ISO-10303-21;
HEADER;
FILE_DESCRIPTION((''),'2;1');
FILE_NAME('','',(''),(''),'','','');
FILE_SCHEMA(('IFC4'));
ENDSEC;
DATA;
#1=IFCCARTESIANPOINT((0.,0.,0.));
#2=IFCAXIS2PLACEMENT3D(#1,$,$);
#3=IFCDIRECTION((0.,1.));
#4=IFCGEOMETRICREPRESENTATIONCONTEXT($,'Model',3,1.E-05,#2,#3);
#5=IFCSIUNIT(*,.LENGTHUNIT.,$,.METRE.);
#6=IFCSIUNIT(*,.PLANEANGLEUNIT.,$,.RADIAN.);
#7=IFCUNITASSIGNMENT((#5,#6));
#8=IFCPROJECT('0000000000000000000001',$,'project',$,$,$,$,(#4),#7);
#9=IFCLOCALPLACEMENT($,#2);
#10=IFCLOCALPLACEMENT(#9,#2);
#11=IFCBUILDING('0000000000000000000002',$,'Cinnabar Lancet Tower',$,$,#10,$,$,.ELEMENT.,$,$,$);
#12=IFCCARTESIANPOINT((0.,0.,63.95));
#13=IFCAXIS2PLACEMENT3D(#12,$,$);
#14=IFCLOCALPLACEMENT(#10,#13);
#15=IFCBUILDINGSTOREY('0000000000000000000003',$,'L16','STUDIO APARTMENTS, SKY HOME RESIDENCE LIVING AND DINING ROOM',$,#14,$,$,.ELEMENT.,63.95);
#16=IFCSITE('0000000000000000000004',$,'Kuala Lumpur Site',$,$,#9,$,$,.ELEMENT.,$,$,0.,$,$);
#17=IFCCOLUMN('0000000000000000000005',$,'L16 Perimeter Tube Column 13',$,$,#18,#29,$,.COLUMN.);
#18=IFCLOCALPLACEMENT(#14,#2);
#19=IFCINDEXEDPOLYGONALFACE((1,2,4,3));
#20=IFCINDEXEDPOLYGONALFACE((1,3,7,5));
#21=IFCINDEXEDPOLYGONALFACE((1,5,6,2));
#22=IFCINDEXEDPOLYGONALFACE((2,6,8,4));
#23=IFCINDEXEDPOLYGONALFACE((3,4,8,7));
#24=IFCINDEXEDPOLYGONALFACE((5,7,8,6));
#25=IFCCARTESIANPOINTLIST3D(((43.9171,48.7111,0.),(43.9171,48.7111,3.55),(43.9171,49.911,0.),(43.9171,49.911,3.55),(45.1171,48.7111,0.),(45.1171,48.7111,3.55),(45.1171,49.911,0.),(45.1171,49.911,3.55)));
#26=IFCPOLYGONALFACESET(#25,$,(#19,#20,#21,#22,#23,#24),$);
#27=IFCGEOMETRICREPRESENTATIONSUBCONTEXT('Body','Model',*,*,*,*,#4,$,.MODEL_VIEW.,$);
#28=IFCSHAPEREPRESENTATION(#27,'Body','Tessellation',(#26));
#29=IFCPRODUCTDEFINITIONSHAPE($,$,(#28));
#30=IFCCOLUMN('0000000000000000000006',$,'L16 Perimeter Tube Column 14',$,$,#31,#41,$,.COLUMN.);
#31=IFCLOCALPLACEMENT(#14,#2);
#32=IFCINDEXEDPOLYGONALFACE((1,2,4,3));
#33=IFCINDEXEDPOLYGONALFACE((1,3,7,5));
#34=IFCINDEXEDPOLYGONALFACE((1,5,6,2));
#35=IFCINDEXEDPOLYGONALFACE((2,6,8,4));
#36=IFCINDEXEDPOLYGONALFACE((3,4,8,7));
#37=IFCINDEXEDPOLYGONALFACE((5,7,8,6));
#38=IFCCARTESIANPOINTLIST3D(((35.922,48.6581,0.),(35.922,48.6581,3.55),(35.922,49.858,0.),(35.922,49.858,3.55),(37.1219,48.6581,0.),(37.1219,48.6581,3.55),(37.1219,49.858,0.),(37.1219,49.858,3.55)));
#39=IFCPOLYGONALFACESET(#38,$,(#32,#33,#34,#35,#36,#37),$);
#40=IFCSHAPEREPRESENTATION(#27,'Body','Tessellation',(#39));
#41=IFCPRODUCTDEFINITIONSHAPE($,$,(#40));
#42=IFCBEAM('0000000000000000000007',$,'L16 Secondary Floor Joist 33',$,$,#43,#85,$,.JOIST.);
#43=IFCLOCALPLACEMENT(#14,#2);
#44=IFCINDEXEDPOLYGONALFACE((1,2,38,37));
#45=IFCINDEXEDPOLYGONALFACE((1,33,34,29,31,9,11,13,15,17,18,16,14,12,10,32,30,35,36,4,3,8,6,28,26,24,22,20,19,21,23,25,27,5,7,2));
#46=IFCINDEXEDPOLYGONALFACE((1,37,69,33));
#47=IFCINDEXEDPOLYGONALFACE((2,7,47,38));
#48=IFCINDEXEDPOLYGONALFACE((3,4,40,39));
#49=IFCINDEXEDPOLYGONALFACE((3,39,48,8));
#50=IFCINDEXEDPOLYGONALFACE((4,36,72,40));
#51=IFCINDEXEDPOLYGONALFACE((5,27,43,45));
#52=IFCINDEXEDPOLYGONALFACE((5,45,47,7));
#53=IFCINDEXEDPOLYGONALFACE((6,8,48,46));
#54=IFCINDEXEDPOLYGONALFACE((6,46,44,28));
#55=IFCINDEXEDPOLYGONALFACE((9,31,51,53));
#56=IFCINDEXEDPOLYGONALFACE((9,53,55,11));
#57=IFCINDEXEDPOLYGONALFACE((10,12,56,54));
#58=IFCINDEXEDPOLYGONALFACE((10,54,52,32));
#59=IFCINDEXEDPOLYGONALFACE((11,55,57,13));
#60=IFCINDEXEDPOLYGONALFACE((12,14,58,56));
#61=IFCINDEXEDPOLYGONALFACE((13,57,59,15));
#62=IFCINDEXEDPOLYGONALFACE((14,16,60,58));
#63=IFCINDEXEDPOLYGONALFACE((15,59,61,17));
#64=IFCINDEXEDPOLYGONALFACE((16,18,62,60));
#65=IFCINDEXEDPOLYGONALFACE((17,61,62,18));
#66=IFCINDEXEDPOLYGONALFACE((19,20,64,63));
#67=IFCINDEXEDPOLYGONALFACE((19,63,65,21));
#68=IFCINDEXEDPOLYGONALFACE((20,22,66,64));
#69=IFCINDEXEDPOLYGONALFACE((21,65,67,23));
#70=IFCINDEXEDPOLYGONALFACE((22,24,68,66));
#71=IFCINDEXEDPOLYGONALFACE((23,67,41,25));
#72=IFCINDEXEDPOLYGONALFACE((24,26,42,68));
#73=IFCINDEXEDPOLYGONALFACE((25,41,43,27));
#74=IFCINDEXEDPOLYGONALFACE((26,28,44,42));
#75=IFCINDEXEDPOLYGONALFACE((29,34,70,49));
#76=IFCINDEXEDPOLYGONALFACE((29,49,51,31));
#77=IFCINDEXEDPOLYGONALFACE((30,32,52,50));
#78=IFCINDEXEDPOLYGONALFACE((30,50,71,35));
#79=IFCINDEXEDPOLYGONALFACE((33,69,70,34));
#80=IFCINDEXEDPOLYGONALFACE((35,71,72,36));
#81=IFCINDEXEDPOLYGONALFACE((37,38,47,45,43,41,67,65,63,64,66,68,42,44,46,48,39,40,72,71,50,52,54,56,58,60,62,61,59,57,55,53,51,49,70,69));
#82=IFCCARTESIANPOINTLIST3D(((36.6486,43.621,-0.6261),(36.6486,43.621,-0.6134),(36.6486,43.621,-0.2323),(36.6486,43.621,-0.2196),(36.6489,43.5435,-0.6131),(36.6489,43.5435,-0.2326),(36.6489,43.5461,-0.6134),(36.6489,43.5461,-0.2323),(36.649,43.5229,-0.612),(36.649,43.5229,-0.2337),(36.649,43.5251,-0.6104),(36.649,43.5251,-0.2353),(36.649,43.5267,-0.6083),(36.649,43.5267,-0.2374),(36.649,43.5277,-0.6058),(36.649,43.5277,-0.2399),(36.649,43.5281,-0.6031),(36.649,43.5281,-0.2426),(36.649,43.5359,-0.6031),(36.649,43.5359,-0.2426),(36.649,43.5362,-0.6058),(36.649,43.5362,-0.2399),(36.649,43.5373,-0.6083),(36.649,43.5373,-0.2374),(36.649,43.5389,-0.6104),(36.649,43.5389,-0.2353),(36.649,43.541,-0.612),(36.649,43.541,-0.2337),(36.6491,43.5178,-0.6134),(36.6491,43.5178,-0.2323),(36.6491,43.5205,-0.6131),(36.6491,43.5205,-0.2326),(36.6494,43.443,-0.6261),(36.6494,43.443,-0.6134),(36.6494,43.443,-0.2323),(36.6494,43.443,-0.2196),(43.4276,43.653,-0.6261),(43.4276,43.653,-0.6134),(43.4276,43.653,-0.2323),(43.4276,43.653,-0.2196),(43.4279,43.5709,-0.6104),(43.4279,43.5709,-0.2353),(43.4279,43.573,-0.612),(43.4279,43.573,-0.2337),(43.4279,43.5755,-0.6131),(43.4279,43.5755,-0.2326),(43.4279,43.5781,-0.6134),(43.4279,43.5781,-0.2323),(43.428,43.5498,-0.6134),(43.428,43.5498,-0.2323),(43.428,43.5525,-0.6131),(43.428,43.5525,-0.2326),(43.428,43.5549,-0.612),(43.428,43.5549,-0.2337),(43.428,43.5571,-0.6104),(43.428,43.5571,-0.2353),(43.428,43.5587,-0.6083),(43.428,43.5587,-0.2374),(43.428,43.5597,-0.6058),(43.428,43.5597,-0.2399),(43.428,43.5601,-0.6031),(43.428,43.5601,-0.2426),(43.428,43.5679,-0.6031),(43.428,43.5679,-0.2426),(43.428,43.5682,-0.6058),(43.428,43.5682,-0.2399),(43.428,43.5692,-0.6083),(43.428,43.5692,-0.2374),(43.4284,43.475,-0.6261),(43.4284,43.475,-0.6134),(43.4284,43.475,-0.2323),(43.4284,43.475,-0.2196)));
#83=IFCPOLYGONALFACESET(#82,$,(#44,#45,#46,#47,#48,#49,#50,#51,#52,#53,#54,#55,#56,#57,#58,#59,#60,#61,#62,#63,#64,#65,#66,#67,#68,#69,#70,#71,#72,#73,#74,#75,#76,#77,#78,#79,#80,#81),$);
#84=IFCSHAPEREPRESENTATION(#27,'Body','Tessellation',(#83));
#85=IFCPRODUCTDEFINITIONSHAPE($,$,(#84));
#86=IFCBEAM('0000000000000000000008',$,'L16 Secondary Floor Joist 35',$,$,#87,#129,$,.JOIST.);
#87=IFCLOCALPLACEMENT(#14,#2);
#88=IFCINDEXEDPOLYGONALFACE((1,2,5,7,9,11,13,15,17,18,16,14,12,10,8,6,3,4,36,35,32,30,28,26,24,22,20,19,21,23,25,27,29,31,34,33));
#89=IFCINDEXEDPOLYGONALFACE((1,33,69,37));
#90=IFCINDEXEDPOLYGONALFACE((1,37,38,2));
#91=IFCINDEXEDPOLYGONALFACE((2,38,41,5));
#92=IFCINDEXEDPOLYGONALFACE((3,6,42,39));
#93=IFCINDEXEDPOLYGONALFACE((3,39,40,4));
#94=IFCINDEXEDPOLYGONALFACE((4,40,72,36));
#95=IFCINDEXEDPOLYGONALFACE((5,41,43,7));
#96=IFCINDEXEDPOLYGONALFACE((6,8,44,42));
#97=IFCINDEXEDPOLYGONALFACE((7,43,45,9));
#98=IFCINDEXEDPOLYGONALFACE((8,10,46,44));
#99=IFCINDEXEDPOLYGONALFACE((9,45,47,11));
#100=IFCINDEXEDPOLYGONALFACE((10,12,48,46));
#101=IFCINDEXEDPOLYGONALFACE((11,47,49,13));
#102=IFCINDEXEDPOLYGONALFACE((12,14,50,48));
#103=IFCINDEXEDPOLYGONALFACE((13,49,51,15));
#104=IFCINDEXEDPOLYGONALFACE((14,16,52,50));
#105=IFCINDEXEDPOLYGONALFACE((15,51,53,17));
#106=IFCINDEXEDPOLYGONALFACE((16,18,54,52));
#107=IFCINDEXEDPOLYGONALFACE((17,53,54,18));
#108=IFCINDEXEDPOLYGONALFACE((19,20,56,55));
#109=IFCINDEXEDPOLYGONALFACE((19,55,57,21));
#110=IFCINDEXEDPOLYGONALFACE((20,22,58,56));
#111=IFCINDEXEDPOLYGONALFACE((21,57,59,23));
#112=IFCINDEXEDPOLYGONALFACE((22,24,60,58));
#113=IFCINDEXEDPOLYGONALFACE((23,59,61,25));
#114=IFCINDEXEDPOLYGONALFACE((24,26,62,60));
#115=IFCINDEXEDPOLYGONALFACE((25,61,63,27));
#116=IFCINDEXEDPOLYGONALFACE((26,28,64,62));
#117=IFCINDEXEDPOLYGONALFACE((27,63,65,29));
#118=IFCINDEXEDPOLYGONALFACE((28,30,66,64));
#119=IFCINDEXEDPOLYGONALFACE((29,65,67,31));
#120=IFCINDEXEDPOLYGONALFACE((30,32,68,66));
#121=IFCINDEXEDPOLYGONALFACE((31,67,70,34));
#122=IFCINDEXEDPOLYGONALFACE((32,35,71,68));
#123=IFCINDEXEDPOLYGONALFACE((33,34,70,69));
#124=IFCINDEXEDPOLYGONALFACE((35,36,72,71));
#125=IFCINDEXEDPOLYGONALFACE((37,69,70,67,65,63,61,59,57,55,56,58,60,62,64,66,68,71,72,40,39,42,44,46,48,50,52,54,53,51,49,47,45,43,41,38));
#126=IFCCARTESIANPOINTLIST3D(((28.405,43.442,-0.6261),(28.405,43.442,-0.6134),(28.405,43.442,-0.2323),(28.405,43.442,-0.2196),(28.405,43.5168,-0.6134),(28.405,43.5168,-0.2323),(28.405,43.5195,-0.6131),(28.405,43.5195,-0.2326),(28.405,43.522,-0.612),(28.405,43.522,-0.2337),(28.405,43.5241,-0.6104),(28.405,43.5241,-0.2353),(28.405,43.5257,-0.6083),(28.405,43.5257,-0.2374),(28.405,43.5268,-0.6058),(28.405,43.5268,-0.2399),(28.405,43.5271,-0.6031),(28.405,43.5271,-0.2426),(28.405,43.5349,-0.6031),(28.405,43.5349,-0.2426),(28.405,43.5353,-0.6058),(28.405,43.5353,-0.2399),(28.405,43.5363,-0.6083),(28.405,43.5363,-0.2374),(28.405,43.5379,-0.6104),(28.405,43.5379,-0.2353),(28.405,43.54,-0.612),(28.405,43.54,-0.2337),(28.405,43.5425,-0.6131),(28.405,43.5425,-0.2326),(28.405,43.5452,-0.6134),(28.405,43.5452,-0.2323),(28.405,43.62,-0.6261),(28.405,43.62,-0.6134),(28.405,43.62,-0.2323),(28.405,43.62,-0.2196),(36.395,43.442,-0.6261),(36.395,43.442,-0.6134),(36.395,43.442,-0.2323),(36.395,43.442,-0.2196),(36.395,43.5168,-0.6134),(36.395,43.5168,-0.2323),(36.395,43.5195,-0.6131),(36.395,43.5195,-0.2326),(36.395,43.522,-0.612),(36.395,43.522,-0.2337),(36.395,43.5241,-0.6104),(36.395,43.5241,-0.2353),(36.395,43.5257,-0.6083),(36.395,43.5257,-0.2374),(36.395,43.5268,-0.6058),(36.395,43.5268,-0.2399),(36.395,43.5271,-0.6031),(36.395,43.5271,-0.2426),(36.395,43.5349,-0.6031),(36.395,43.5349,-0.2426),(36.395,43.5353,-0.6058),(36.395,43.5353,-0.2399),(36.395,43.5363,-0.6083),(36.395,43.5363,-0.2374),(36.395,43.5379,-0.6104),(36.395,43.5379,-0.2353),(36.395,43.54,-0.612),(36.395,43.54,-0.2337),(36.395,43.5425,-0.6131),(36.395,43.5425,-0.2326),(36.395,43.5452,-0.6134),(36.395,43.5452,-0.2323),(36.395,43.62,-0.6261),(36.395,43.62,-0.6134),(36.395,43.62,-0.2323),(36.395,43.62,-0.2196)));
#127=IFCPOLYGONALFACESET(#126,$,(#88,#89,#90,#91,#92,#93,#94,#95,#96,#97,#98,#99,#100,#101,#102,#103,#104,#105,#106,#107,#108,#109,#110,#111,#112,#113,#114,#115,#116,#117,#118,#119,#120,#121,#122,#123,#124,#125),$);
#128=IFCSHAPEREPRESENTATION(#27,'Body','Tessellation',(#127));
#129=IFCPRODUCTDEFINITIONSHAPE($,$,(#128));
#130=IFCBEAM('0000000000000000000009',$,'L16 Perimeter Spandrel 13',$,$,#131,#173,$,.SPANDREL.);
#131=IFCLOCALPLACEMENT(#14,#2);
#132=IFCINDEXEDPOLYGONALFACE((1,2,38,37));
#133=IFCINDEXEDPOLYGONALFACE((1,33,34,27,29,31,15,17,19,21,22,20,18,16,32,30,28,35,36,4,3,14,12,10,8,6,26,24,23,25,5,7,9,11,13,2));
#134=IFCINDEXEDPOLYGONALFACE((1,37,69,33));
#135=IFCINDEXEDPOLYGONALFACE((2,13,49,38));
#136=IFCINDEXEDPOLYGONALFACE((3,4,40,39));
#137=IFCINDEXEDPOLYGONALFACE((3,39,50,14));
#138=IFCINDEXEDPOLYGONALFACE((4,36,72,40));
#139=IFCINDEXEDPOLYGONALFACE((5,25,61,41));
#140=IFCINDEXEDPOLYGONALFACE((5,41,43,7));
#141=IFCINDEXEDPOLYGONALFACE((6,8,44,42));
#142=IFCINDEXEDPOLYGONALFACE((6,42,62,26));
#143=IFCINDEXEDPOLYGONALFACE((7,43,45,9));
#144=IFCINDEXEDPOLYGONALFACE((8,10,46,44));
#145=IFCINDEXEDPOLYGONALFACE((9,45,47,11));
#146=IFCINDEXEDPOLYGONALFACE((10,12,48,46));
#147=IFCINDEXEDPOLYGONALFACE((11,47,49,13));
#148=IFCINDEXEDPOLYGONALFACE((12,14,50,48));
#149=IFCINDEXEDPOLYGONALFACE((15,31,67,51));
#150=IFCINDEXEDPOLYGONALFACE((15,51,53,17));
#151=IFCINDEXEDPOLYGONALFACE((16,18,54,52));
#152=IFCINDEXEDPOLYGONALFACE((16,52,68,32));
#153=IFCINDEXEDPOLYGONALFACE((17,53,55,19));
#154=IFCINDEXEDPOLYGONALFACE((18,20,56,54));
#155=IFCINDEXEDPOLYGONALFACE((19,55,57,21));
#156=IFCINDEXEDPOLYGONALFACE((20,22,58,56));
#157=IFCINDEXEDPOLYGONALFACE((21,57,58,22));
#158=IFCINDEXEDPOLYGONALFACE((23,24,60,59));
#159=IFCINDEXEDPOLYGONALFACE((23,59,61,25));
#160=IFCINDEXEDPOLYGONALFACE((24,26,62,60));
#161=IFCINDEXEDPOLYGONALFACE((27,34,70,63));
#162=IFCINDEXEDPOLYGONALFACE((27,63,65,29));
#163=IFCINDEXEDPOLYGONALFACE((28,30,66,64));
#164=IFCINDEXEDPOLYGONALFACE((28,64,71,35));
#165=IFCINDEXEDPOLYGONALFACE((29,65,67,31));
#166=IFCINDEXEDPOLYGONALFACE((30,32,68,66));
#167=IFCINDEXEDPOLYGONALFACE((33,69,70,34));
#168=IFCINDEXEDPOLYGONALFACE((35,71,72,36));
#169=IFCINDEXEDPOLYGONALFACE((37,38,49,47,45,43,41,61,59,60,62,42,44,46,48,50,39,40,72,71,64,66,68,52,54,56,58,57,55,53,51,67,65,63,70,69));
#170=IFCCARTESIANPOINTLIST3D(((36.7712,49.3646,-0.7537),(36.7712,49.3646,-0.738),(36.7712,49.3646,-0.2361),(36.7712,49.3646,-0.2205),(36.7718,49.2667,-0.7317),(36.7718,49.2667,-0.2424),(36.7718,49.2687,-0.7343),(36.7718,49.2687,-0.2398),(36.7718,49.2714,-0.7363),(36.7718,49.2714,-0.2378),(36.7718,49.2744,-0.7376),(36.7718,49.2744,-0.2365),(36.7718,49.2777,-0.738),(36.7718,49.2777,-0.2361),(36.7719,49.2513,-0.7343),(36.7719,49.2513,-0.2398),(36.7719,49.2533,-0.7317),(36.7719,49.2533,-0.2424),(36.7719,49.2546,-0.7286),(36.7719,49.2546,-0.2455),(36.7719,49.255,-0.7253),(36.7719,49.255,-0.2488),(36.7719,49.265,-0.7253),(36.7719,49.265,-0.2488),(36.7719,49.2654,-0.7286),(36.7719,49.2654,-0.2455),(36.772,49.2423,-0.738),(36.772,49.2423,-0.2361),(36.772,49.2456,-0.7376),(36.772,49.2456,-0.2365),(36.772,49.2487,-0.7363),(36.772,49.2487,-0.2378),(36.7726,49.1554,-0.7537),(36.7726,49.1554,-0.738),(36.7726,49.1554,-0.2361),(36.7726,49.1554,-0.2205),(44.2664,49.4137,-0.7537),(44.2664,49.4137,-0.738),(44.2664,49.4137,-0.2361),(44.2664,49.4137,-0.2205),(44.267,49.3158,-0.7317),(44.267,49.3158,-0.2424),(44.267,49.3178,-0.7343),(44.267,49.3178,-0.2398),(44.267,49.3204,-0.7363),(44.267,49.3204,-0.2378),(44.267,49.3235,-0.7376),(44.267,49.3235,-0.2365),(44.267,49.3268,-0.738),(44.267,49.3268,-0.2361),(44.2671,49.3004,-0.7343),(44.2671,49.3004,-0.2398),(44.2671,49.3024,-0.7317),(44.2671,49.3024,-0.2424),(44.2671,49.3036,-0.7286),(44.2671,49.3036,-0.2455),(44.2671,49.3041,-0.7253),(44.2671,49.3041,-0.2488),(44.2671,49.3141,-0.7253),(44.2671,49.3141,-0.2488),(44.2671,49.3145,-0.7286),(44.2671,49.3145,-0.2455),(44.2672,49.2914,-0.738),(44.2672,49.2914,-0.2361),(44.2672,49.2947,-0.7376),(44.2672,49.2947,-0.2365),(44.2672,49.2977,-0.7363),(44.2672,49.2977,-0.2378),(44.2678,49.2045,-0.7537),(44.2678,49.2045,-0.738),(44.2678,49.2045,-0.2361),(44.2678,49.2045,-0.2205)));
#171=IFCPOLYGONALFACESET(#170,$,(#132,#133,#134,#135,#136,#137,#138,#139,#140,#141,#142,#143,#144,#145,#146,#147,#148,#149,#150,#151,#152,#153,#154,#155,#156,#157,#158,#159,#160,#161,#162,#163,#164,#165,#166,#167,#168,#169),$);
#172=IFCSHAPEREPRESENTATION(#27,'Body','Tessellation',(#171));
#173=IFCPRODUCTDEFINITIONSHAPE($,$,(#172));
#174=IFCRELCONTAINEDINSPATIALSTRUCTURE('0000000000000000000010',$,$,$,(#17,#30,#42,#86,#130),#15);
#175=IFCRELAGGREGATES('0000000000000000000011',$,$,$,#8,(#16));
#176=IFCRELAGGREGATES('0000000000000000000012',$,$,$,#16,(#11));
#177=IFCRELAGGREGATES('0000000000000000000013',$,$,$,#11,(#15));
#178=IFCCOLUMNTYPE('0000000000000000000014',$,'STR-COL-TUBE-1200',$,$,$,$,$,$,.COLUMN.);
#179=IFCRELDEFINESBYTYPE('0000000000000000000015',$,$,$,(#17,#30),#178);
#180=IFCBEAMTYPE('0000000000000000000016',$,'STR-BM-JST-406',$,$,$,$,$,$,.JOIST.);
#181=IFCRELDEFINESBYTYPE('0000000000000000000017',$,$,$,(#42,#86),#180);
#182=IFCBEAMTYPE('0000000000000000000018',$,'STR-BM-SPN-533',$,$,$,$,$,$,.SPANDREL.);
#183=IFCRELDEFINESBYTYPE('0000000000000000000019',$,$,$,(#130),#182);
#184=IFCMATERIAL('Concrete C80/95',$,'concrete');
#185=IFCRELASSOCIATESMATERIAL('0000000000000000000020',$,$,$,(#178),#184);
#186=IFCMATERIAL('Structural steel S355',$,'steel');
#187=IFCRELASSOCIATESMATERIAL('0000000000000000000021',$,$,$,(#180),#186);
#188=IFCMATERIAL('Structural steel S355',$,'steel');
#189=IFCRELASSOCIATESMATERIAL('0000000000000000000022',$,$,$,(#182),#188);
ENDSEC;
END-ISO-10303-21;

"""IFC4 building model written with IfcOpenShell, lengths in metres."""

from ifc_helpers import new_model, si_unit, direction, frame, origin, origin_2d, place, context, subcontext, project, spatial, rectangle, i_section, extrude, material, material_profile, profile_set, type_object, element, save


model = new_model("IFC4")

# Units and contexts
model_context = context("Model", 3, precision=1e-05, world=origin(), true_north=direction((0.0, 1.0)))
body_context = subcontext(model_context, "Body", "Model", "MODEL_VIEW")
ifc_project = project(units=[si_unit("LENGTHUNIT", "METRE"), si_unit("PLANEANGLEUNIT", "RADIAN")], contexts=[model_context])

# Site, building, storey
site_placement = place(None, origin())
site = spatial("IfcSite", under=ifc_project, at=site_placement, Name="Kuala Lumpur Site", CompositionType="ELEMENT", RefElevation=0.0)
building_placement = place(site_placement, origin())
building = spatial("IfcBuilding", under=site, at=building_placement, Name="Cinnabar Lancet Tower", CompositionType="ELEMENT")
storey_placement = place(building_placement, frame((0.0, 0.0, 63.95)))
storey = spatial("IfcBuildingStorey", under=building, at=storey_placement, Name="L16", Description="STUDIO APARTMENTS, SKY HOME RESIDENCE LIVING AND DINING ROOM", CompositionType="ELEMENT", Elevation=63.95)

# Columns
ifc_material_1 = material(Name="Concrete C80/95", Category="concrete")
ifc_material_profile_1 = material_profile(ifc_material_1, rectangle(XDim=1.2, YDim=1.2, at=origin_2d()), Name="RC-COL 1200x1200")
ifc_profile_set_1 = profile_set([ifc_material_profile_1], Name="Concrete C80/95")
column_type = type_object("IfcColumnType", Name="STR-COL-TUBE-1200", PredefinedType="COLUMN", material=ifc_profile_set_1)
for number, where, z_axis, x_axis, name in (
    (1, (44.5171, 49.311, 0.0), (0.0, 0.0, 1.0), (1.0, 0.0, 0.0), "L16 Perimeter Tube Column 13"),
    (2, (36.522, 49.2581, 0.0), (0.0, 0.0, 1.0), (1.0, 0.0, 0.0), "L16 Perimeter Tube Column 14"),
):
    element("IfcColumn", number, at=place(storey_placement, frame(where, z_axis=z_axis, x_axis=x_axis)), inside=storey, type_object=column_type, Name=name, PredefinedType="COLUMN", context=body_context, shape_type="SweptSolid", body=[
        extrude(rectangle(XDim=1.2, YDim=1.2, at=origin_2d()), origin(), (0.0, 0.0, 1.0), 3.55),
    ])

# Beams
ifc_material_2 = material(Name="Structural steel S355", Category="steel")
ifc_material_profile_2 = material_profile(ifc_material_2, i_section(OverallWidth=0.178, OverallDepth=0.4065, WebThickness=0.0078, FlangeThickness=0.0127, FilletRadius=0.0103, at=origin_2d()), Name="UKB 406x178x60")
ifc_profile_set_2 = profile_set([ifc_material_profile_2], Name="Structural steel S355")
beam_type_1 = type_object("IfcBeamType", Name="STR-BM-JST-406", PredefinedType="JOIST", material=ifc_profile_set_2)
beam_1_placement = place(storey_placement, frame((43.428, 43.564, -0.4229), z_axis=(-0.999989, -0.004718, 0.0), x_axis=(0.004718, -0.999989, 0.0)))
element("IfcBeam", 3, at=beam_1_placement, inside=storey, type_object=beam_type_1, Name="L16 Secondary Floor Joist 33", PredefinedType="JOIST", context=body_context, shape_type="SweptSolid", body=[
    extrude(i_section(OverallWidth=0.178, OverallDepth=0.4065, WebThickness=0.0078, FlangeThickness=0.0127, FilletRadius=0.0103, at=origin_2d()), origin(), (0.0, 0.0, 1.0), 6.7791),
])
beam_2_placement = place(storey_placement, frame((36.395, 43.531, -0.4229), z_axis=(-1.0, 0.0, 0.0), x_axis=(0.0, -1.0, 0.0)))
element("IfcBeam", 4, at=beam_2_placement, inside=storey, type_object=beam_type_1, Name="L16 Secondary Floor Joist 35", PredefinedType="JOIST", context=body_context, shape_type="SweptSolid", body=[
    extrude(i_section(OverallWidth=0.178, OverallDepth=0.4065, WebThickness=0.0078, FlangeThickness=0.0127, FilletRadius=0.0103, at=origin_2d()), origin(), (0.0, 0.0, 1.0), 7.99),
])
ifc_material_3 = material(Name="Structural steel S355", Category="steel")
ifc_material_profile_3 = material_profile(ifc_material_3, i_section(OverallWidth=0.2092, OverallDepth=0.5332, WebThickness=0.01, FlangeThickness=0.0156, FilletRadius=0.0127, at=origin_2d()), Name="UKB 533x210x92")
ifc_profile_set_3 = profile_set([ifc_material_profile_3], Name="Structural steel S355")
beam_type_2 = type_object("IfcBeamType", Name="STR-BM-SPN-533", PredefinedType="SPANDREL", material=ifc_profile_set_3)
beam_3_placement = place(storey_placement, frame((44.2671, 49.3091, -0.4871), z_axis=(-0.999979, -0.006547, 0.0), x_axis=(0.006547, -0.999979, 0.0)))
element("IfcBeam", 5, at=beam_3_placement, inside=storey, type_object=beam_type_2, Name="L16 Perimeter Spandrel 13", PredefinedType="SPANDREL", context=body_context, shape_type="SweptSolid", body=[
    extrude(i_section(OverallWidth=0.2092, OverallDepth=0.5332, WebThickness=0.01, FlangeThickness=0.0156, FilletRadius=0.0127, at=origin_2d()), origin(), (0.0, 0.0, 1.0), 7.4954),
])

save(model, "model.ifc")
